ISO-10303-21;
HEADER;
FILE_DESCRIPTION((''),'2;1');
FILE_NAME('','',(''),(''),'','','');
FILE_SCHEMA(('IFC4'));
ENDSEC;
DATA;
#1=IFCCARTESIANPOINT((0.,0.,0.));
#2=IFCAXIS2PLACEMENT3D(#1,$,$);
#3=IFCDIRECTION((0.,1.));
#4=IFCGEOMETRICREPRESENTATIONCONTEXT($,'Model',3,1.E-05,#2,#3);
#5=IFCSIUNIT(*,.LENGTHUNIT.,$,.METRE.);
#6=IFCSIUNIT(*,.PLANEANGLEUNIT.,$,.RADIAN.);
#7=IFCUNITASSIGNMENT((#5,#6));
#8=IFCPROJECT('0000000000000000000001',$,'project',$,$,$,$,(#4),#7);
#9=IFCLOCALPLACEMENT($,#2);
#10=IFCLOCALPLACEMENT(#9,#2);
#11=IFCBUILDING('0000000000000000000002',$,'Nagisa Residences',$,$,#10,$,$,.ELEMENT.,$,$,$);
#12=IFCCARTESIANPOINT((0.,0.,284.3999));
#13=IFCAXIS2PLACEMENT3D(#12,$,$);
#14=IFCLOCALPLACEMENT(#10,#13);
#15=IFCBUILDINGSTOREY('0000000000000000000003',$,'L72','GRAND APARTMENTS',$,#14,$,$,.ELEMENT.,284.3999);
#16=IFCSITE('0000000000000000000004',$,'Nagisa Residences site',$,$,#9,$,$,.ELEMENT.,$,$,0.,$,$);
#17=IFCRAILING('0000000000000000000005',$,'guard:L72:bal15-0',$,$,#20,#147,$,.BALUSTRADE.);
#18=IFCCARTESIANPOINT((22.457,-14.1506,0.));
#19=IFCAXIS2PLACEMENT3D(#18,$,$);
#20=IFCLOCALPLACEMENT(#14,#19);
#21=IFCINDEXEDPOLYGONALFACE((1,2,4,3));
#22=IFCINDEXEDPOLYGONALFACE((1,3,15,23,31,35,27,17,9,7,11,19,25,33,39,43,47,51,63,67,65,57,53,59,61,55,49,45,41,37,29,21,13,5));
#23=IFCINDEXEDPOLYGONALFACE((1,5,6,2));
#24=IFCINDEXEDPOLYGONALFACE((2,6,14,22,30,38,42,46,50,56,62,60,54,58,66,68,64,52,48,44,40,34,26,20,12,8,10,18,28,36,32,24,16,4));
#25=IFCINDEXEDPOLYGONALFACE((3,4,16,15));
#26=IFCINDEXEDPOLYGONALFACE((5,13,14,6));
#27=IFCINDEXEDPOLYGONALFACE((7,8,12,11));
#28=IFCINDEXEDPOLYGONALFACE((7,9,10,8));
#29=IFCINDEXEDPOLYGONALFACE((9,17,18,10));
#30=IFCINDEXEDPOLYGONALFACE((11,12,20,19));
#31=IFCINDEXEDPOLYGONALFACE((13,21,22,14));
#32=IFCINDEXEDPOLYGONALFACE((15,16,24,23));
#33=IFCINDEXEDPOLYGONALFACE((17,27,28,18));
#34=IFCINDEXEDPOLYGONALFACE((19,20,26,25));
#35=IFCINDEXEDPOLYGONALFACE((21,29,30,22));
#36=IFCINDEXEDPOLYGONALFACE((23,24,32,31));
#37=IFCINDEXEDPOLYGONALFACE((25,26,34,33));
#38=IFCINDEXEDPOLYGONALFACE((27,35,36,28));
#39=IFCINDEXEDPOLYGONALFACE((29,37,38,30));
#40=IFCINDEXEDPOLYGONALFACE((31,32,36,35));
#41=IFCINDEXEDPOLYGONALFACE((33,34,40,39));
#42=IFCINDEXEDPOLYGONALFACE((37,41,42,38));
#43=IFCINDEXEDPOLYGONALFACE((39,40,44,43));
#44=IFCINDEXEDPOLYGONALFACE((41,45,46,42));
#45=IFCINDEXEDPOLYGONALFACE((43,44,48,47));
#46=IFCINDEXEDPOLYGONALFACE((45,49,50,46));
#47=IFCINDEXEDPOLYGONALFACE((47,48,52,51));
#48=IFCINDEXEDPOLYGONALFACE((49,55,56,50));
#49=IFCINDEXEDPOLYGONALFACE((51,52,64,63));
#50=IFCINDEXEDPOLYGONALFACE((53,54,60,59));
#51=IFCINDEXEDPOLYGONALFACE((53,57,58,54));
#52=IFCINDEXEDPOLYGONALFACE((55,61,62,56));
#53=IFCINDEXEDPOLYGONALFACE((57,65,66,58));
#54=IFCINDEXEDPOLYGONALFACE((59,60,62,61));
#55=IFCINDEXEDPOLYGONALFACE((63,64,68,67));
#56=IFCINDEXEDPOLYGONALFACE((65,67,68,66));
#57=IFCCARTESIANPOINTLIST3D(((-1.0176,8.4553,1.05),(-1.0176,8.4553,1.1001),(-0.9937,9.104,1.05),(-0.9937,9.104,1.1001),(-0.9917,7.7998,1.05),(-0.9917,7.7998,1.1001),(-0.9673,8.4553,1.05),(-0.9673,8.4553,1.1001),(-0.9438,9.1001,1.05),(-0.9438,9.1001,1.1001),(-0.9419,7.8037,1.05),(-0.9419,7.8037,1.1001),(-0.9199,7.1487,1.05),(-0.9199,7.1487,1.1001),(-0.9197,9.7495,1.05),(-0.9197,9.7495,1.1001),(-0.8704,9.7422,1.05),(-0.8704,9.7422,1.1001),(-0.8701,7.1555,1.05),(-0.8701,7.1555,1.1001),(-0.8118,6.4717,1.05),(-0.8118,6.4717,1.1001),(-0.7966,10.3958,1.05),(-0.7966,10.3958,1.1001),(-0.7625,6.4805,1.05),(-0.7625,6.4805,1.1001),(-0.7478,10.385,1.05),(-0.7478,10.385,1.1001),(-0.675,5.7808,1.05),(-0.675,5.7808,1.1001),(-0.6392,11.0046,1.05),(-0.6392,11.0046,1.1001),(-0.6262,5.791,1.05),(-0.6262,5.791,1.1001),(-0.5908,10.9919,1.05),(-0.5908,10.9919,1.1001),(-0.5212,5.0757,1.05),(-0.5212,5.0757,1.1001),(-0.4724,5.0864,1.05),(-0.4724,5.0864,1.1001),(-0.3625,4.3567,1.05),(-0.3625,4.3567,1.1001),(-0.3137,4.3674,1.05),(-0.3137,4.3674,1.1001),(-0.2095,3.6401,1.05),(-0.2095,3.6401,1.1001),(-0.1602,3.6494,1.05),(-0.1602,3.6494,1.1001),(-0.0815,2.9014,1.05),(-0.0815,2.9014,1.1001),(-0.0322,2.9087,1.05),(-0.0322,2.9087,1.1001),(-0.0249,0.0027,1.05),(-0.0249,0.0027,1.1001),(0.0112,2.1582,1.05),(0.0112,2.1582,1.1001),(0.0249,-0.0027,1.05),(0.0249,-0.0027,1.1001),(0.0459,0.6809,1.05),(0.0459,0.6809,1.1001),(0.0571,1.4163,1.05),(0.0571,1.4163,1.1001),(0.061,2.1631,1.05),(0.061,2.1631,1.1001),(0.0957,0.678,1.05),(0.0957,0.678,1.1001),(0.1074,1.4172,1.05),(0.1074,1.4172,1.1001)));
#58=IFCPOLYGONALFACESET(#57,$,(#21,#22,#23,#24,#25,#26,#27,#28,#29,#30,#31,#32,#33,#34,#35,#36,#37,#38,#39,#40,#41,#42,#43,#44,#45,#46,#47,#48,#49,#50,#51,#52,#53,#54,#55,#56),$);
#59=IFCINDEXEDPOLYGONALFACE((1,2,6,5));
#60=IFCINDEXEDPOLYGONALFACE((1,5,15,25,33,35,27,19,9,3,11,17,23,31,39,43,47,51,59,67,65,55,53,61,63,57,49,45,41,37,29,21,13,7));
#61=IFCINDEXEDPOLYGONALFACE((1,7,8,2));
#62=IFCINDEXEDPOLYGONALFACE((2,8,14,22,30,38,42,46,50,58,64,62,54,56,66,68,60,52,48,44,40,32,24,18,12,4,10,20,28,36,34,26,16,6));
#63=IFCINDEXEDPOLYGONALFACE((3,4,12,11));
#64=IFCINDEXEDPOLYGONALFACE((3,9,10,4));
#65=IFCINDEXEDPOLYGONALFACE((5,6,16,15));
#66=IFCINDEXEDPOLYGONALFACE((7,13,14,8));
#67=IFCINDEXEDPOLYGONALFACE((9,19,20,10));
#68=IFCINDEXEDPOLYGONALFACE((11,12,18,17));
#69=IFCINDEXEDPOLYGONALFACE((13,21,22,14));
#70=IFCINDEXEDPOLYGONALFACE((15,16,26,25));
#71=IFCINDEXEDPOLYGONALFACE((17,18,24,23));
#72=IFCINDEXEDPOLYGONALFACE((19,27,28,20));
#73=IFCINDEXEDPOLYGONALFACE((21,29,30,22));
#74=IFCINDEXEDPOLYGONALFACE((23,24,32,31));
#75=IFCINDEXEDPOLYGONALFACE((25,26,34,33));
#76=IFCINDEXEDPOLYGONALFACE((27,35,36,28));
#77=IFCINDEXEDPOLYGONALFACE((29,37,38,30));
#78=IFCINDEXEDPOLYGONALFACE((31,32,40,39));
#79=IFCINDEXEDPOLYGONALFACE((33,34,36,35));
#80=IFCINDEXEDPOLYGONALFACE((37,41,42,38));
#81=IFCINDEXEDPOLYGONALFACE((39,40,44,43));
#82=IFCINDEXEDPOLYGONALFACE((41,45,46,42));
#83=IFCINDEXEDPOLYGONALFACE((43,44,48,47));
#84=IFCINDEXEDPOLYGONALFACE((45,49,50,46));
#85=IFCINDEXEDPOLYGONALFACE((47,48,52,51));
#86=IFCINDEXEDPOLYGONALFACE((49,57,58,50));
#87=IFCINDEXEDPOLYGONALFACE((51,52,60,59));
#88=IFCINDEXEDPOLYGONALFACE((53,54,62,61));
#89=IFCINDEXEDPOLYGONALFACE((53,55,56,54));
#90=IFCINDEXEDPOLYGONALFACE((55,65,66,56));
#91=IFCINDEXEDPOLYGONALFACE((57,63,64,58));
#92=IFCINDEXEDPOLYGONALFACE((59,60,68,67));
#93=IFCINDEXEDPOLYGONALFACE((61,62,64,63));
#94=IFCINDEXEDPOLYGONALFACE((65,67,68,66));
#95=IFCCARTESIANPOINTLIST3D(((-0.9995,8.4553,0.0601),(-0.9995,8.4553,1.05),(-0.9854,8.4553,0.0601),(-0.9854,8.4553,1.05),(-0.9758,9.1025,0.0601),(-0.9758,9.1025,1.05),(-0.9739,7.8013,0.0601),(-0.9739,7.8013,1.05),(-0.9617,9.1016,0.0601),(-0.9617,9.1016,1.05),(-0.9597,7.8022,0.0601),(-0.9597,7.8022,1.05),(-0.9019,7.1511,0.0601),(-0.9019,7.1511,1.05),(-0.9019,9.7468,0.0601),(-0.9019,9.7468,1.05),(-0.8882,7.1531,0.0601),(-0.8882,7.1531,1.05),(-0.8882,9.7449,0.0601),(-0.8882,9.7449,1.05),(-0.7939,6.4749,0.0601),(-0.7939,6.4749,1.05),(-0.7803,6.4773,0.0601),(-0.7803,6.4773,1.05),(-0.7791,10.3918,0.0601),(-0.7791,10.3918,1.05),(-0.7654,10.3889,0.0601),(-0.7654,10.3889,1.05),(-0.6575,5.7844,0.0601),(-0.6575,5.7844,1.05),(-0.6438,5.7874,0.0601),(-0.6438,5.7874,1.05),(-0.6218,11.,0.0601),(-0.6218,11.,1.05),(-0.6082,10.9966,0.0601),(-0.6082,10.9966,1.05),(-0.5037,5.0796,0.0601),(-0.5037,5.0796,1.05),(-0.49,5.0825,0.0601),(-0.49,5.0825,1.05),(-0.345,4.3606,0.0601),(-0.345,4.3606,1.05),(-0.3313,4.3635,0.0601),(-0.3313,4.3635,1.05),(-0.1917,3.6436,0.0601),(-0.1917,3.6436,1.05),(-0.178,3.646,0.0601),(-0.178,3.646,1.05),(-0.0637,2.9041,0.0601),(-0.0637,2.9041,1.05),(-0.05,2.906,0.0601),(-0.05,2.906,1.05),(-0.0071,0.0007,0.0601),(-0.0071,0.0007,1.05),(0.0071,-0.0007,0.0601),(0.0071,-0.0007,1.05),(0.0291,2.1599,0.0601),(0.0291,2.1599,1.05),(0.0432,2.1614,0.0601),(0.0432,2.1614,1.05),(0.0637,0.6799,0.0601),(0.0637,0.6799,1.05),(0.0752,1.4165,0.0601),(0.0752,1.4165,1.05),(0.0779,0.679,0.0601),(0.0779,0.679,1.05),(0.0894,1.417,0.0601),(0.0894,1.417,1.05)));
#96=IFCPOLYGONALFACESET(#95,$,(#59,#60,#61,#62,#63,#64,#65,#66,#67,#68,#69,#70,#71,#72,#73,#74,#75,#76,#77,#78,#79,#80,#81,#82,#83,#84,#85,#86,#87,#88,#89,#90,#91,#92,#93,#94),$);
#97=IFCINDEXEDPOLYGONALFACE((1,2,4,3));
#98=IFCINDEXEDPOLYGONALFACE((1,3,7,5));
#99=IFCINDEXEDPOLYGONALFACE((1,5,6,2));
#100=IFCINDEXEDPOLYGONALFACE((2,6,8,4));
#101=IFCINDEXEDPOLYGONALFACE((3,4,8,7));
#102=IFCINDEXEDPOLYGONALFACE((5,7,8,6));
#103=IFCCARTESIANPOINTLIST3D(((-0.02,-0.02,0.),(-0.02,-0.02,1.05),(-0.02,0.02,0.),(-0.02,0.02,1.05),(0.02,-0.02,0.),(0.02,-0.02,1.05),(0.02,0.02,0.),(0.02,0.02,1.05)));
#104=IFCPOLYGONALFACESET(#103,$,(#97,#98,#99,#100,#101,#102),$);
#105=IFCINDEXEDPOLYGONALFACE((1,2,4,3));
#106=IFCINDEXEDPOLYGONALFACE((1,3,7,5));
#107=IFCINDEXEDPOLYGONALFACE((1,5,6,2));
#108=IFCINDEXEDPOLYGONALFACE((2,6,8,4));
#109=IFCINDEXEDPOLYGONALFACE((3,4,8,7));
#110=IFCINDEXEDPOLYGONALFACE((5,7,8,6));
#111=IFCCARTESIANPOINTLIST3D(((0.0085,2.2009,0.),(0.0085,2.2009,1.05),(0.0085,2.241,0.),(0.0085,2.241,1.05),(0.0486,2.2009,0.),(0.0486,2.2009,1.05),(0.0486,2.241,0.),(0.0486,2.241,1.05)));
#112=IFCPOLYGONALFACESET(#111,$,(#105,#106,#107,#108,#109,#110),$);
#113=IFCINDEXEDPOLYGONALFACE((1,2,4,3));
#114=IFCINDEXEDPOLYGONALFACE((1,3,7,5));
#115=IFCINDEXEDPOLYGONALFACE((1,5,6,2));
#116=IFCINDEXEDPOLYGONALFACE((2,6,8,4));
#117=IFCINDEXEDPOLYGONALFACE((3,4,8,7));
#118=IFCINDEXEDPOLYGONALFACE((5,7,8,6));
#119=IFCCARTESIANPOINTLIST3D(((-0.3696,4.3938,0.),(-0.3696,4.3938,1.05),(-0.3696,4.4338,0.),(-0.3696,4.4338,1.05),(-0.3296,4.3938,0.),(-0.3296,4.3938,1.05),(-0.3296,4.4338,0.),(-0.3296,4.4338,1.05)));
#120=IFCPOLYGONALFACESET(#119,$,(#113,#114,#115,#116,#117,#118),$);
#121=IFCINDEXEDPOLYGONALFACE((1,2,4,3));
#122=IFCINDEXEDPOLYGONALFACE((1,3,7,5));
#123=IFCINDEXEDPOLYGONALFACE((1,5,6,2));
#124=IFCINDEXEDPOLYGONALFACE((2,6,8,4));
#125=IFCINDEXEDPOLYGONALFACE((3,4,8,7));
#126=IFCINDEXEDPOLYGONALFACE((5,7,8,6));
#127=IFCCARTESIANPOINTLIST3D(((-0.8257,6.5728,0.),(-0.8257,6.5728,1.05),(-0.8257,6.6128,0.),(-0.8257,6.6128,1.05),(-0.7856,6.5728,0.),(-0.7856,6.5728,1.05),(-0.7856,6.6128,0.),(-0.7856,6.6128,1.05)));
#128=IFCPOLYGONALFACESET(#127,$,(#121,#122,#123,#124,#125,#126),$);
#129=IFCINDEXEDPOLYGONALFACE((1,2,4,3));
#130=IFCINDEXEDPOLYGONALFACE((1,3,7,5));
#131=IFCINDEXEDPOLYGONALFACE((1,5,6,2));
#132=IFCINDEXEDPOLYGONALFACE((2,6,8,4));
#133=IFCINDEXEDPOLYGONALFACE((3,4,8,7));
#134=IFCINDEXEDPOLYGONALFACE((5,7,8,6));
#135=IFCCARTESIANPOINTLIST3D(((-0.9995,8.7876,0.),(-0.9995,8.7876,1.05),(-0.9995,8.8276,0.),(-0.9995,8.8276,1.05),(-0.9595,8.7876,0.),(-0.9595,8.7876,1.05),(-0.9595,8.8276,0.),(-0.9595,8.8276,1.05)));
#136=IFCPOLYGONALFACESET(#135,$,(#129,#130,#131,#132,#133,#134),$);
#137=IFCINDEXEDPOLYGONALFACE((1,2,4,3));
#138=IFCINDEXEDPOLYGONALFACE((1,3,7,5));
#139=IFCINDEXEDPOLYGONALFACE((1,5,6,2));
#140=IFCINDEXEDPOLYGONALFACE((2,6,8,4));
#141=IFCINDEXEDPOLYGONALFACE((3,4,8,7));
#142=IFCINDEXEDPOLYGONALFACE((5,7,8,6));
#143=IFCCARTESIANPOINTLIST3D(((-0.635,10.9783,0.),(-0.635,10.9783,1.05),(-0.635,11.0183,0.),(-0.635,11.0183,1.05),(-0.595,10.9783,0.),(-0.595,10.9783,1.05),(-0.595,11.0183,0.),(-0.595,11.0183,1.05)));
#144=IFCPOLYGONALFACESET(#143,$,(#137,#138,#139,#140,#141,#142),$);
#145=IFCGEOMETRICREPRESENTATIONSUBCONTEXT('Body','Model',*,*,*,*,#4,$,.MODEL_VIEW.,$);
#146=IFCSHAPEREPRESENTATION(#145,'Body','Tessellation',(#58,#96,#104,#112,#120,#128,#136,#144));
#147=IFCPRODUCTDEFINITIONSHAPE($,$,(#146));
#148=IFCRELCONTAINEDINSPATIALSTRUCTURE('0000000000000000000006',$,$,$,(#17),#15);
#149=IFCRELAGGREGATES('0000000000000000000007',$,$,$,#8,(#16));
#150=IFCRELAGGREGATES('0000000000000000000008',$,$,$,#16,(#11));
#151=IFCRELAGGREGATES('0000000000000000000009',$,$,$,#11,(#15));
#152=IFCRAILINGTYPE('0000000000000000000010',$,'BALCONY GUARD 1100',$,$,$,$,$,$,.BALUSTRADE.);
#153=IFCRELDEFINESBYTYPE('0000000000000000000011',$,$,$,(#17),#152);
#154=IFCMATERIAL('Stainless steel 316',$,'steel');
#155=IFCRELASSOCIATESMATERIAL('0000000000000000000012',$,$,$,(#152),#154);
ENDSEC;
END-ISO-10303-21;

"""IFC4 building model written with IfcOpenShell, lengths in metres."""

from ifc_helpers import new_model, si_unit, direction, frame, origin, origin_2d, place, context, subcontext, project, spatial, polyline, rectangle, outline, extrude, material, type_object, element, save


model = new_model("IFC4")

# Units and contexts
model_context = context("Model", 3, precision=1e-05, world=origin(), true_north=direction((0.0, 1.0)))
body_context = subcontext(model_context, "Body", "Model", "MODEL_VIEW")
ifc_project = project(units=[si_unit("LENGTHUNIT", "METRE"), si_unit("PLANEANGLEUNIT", "RADIAN")], contexts=[model_context])

# Site, building, storey
site_placement = place(None, origin())
site = spatial("IfcSite", under=ifc_project, at=site_placement, Name="Nagisa Residences site", CompositionType="ELEMENT", RefElevation=0.0)
building_placement = place(site_placement, origin())
building = spatial("IfcBuilding", under=site, at=building_placement, Name="Nagisa Residences", CompositionType="ELEMENT")
storey_placement = place(building_placement, frame((0.0, 0.0, 284.3999)))
storey = spatial("IfcBuildingStorey", under=building, at=storey_placement, Name="L72", Description="GRAND APARTMENTS", CompositionType="ELEMENT", Elevation=284.3999)

# Railing
ifc_material_1 = material(Name="Stainless steel 316", Category="steel")
railing_type = type_object("IfcRailingType", Name="BALCONY GUARD 1100", PredefinedType="BALUSTRADE", material=ifc_material_1)
railing_1_placement = place(storey_placement, frame((22.457, -14.1506, 0.0)))
element("IfcRailing", 1, at=railing_1_placement, inside=storey, type_object=railing_type, Name="guard:L72:bal15-0", PredefinedType="BALUSTRADE", context=body_context, shape_type="SweptSolid", body=[
    extrude(outline(polyline([(0.0459, 0.6809), (-0.0249, 0.0027), (0.0249, -0.0027), (0.0957, 0.678), (0.1074, 1.4172), (0.061, 2.1631), (-0.0322, 2.9087), (-0.1602, 3.6494), (-0.3137, 4.3674), (-0.4724, 5.0864), (-0.6262, 5.791), (-0.7625, 6.4805), (-0.8701, 7.1555), (-0.9419, 7.8037), (-0.9673, 8.4553), (-0.9438, 9.1001), (-0.8704, 9.7422), (-0.7478, 10.385), (-0.5908, 10.9919), (-0.6392, 11.0046), (-0.7966, 10.3958), (-0.9197, 9.7495), (-0.9937, 9.104), (-1.0176, 8.4553), (-0.9917, 7.7998), (-0.9199, 7.1487), (-0.8118, 6.4717), (-0.675, 5.7808), (-0.5212, 5.0757), (-0.3625, 4.3567), (-0.2095, 3.6401), (-0.0815, 2.9014), (0.0112, 2.1582), (0.0571, 1.4163), (0.0459, 0.6809)])), frame((0.0, 0.0, 1.05)), (0.0, 0.0, 1.0), 0.05),
    extrude(outline(polyline([(0.0637, 0.6799), (-0.0071, 0.0007), (0.0071, -0.0007), (0.0779, 0.679), (0.0894, 1.417), (0.0432, 2.1614), (-0.05, 2.906), (-0.178, 3.646), (-0.3313, 4.3635), (-0.49, 5.0825), (-0.6438, 5.7874), (-0.7803, 6.4773), (-0.8882, 7.1531), (-0.9597, 7.8022), (-0.9854, 8.4553), (-0.9617, 9.1016), (-0.8882, 9.7449), (-0.7654, 10.3889), (-0.6082, 10.9966), (-0.6218, 11.0), (-0.7791, 10.3918), (-0.9019, 9.7468), (-0.9758, 9.1025), (-0.9995, 8.4553), (-0.9739, 7.8013), (-0.9019, 7.1511), (-0.7939, 6.4749), (-0.6575, 5.7844), (-0.5037, 5.0796), (-0.345, 4.3606), (-0.1917, 3.6436), (-0.0637, 2.9041), (0.0291, 2.1599), (0.0752, 1.4165), (0.0637, 0.6799)])), frame((0.0, 0.0, 0.0601)), (0.0, 0.0, 1.0), 0.99),
    extrude(rectangle(XDim=0.04, YDim=0.04, at=origin_2d()), origin(), (0.0, 0.0, 1.0), 1.05),
    extrude(rectangle(XDim=0.04, YDim=0.04, at=origin_2d()), frame((0.0286, 2.2209, 0.0)), (0.0, 0.0, 1.0), 1.05),
    extrude(rectangle(XDim=0.04, YDim=0.04, at=origin_2d()), frame((-0.3496, 4.4138, 0.0)), (0.0, 0.0, 1.0), 1.05),
    extrude(rectangle(XDim=0.04, YDim=0.04, at=origin_2d()), frame((-0.8057, 6.5928, 0.0)), (0.0, 0.0, 1.0), 1.05),
    extrude(rectangle(XDim=0.04, YDim=0.04, at=origin_2d()), frame((-0.9795, 8.8076, 0.0)), (0.0, 0.0, 1.0), 1.05),
    extrude(rectangle(XDim=0.04, YDim=0.04, at=origin_2d()), frame((-0.615, 10.9983, 0.0)), (0.0, 0.0, 1.0), 1.05),
])

save(model, "model.ifc")
